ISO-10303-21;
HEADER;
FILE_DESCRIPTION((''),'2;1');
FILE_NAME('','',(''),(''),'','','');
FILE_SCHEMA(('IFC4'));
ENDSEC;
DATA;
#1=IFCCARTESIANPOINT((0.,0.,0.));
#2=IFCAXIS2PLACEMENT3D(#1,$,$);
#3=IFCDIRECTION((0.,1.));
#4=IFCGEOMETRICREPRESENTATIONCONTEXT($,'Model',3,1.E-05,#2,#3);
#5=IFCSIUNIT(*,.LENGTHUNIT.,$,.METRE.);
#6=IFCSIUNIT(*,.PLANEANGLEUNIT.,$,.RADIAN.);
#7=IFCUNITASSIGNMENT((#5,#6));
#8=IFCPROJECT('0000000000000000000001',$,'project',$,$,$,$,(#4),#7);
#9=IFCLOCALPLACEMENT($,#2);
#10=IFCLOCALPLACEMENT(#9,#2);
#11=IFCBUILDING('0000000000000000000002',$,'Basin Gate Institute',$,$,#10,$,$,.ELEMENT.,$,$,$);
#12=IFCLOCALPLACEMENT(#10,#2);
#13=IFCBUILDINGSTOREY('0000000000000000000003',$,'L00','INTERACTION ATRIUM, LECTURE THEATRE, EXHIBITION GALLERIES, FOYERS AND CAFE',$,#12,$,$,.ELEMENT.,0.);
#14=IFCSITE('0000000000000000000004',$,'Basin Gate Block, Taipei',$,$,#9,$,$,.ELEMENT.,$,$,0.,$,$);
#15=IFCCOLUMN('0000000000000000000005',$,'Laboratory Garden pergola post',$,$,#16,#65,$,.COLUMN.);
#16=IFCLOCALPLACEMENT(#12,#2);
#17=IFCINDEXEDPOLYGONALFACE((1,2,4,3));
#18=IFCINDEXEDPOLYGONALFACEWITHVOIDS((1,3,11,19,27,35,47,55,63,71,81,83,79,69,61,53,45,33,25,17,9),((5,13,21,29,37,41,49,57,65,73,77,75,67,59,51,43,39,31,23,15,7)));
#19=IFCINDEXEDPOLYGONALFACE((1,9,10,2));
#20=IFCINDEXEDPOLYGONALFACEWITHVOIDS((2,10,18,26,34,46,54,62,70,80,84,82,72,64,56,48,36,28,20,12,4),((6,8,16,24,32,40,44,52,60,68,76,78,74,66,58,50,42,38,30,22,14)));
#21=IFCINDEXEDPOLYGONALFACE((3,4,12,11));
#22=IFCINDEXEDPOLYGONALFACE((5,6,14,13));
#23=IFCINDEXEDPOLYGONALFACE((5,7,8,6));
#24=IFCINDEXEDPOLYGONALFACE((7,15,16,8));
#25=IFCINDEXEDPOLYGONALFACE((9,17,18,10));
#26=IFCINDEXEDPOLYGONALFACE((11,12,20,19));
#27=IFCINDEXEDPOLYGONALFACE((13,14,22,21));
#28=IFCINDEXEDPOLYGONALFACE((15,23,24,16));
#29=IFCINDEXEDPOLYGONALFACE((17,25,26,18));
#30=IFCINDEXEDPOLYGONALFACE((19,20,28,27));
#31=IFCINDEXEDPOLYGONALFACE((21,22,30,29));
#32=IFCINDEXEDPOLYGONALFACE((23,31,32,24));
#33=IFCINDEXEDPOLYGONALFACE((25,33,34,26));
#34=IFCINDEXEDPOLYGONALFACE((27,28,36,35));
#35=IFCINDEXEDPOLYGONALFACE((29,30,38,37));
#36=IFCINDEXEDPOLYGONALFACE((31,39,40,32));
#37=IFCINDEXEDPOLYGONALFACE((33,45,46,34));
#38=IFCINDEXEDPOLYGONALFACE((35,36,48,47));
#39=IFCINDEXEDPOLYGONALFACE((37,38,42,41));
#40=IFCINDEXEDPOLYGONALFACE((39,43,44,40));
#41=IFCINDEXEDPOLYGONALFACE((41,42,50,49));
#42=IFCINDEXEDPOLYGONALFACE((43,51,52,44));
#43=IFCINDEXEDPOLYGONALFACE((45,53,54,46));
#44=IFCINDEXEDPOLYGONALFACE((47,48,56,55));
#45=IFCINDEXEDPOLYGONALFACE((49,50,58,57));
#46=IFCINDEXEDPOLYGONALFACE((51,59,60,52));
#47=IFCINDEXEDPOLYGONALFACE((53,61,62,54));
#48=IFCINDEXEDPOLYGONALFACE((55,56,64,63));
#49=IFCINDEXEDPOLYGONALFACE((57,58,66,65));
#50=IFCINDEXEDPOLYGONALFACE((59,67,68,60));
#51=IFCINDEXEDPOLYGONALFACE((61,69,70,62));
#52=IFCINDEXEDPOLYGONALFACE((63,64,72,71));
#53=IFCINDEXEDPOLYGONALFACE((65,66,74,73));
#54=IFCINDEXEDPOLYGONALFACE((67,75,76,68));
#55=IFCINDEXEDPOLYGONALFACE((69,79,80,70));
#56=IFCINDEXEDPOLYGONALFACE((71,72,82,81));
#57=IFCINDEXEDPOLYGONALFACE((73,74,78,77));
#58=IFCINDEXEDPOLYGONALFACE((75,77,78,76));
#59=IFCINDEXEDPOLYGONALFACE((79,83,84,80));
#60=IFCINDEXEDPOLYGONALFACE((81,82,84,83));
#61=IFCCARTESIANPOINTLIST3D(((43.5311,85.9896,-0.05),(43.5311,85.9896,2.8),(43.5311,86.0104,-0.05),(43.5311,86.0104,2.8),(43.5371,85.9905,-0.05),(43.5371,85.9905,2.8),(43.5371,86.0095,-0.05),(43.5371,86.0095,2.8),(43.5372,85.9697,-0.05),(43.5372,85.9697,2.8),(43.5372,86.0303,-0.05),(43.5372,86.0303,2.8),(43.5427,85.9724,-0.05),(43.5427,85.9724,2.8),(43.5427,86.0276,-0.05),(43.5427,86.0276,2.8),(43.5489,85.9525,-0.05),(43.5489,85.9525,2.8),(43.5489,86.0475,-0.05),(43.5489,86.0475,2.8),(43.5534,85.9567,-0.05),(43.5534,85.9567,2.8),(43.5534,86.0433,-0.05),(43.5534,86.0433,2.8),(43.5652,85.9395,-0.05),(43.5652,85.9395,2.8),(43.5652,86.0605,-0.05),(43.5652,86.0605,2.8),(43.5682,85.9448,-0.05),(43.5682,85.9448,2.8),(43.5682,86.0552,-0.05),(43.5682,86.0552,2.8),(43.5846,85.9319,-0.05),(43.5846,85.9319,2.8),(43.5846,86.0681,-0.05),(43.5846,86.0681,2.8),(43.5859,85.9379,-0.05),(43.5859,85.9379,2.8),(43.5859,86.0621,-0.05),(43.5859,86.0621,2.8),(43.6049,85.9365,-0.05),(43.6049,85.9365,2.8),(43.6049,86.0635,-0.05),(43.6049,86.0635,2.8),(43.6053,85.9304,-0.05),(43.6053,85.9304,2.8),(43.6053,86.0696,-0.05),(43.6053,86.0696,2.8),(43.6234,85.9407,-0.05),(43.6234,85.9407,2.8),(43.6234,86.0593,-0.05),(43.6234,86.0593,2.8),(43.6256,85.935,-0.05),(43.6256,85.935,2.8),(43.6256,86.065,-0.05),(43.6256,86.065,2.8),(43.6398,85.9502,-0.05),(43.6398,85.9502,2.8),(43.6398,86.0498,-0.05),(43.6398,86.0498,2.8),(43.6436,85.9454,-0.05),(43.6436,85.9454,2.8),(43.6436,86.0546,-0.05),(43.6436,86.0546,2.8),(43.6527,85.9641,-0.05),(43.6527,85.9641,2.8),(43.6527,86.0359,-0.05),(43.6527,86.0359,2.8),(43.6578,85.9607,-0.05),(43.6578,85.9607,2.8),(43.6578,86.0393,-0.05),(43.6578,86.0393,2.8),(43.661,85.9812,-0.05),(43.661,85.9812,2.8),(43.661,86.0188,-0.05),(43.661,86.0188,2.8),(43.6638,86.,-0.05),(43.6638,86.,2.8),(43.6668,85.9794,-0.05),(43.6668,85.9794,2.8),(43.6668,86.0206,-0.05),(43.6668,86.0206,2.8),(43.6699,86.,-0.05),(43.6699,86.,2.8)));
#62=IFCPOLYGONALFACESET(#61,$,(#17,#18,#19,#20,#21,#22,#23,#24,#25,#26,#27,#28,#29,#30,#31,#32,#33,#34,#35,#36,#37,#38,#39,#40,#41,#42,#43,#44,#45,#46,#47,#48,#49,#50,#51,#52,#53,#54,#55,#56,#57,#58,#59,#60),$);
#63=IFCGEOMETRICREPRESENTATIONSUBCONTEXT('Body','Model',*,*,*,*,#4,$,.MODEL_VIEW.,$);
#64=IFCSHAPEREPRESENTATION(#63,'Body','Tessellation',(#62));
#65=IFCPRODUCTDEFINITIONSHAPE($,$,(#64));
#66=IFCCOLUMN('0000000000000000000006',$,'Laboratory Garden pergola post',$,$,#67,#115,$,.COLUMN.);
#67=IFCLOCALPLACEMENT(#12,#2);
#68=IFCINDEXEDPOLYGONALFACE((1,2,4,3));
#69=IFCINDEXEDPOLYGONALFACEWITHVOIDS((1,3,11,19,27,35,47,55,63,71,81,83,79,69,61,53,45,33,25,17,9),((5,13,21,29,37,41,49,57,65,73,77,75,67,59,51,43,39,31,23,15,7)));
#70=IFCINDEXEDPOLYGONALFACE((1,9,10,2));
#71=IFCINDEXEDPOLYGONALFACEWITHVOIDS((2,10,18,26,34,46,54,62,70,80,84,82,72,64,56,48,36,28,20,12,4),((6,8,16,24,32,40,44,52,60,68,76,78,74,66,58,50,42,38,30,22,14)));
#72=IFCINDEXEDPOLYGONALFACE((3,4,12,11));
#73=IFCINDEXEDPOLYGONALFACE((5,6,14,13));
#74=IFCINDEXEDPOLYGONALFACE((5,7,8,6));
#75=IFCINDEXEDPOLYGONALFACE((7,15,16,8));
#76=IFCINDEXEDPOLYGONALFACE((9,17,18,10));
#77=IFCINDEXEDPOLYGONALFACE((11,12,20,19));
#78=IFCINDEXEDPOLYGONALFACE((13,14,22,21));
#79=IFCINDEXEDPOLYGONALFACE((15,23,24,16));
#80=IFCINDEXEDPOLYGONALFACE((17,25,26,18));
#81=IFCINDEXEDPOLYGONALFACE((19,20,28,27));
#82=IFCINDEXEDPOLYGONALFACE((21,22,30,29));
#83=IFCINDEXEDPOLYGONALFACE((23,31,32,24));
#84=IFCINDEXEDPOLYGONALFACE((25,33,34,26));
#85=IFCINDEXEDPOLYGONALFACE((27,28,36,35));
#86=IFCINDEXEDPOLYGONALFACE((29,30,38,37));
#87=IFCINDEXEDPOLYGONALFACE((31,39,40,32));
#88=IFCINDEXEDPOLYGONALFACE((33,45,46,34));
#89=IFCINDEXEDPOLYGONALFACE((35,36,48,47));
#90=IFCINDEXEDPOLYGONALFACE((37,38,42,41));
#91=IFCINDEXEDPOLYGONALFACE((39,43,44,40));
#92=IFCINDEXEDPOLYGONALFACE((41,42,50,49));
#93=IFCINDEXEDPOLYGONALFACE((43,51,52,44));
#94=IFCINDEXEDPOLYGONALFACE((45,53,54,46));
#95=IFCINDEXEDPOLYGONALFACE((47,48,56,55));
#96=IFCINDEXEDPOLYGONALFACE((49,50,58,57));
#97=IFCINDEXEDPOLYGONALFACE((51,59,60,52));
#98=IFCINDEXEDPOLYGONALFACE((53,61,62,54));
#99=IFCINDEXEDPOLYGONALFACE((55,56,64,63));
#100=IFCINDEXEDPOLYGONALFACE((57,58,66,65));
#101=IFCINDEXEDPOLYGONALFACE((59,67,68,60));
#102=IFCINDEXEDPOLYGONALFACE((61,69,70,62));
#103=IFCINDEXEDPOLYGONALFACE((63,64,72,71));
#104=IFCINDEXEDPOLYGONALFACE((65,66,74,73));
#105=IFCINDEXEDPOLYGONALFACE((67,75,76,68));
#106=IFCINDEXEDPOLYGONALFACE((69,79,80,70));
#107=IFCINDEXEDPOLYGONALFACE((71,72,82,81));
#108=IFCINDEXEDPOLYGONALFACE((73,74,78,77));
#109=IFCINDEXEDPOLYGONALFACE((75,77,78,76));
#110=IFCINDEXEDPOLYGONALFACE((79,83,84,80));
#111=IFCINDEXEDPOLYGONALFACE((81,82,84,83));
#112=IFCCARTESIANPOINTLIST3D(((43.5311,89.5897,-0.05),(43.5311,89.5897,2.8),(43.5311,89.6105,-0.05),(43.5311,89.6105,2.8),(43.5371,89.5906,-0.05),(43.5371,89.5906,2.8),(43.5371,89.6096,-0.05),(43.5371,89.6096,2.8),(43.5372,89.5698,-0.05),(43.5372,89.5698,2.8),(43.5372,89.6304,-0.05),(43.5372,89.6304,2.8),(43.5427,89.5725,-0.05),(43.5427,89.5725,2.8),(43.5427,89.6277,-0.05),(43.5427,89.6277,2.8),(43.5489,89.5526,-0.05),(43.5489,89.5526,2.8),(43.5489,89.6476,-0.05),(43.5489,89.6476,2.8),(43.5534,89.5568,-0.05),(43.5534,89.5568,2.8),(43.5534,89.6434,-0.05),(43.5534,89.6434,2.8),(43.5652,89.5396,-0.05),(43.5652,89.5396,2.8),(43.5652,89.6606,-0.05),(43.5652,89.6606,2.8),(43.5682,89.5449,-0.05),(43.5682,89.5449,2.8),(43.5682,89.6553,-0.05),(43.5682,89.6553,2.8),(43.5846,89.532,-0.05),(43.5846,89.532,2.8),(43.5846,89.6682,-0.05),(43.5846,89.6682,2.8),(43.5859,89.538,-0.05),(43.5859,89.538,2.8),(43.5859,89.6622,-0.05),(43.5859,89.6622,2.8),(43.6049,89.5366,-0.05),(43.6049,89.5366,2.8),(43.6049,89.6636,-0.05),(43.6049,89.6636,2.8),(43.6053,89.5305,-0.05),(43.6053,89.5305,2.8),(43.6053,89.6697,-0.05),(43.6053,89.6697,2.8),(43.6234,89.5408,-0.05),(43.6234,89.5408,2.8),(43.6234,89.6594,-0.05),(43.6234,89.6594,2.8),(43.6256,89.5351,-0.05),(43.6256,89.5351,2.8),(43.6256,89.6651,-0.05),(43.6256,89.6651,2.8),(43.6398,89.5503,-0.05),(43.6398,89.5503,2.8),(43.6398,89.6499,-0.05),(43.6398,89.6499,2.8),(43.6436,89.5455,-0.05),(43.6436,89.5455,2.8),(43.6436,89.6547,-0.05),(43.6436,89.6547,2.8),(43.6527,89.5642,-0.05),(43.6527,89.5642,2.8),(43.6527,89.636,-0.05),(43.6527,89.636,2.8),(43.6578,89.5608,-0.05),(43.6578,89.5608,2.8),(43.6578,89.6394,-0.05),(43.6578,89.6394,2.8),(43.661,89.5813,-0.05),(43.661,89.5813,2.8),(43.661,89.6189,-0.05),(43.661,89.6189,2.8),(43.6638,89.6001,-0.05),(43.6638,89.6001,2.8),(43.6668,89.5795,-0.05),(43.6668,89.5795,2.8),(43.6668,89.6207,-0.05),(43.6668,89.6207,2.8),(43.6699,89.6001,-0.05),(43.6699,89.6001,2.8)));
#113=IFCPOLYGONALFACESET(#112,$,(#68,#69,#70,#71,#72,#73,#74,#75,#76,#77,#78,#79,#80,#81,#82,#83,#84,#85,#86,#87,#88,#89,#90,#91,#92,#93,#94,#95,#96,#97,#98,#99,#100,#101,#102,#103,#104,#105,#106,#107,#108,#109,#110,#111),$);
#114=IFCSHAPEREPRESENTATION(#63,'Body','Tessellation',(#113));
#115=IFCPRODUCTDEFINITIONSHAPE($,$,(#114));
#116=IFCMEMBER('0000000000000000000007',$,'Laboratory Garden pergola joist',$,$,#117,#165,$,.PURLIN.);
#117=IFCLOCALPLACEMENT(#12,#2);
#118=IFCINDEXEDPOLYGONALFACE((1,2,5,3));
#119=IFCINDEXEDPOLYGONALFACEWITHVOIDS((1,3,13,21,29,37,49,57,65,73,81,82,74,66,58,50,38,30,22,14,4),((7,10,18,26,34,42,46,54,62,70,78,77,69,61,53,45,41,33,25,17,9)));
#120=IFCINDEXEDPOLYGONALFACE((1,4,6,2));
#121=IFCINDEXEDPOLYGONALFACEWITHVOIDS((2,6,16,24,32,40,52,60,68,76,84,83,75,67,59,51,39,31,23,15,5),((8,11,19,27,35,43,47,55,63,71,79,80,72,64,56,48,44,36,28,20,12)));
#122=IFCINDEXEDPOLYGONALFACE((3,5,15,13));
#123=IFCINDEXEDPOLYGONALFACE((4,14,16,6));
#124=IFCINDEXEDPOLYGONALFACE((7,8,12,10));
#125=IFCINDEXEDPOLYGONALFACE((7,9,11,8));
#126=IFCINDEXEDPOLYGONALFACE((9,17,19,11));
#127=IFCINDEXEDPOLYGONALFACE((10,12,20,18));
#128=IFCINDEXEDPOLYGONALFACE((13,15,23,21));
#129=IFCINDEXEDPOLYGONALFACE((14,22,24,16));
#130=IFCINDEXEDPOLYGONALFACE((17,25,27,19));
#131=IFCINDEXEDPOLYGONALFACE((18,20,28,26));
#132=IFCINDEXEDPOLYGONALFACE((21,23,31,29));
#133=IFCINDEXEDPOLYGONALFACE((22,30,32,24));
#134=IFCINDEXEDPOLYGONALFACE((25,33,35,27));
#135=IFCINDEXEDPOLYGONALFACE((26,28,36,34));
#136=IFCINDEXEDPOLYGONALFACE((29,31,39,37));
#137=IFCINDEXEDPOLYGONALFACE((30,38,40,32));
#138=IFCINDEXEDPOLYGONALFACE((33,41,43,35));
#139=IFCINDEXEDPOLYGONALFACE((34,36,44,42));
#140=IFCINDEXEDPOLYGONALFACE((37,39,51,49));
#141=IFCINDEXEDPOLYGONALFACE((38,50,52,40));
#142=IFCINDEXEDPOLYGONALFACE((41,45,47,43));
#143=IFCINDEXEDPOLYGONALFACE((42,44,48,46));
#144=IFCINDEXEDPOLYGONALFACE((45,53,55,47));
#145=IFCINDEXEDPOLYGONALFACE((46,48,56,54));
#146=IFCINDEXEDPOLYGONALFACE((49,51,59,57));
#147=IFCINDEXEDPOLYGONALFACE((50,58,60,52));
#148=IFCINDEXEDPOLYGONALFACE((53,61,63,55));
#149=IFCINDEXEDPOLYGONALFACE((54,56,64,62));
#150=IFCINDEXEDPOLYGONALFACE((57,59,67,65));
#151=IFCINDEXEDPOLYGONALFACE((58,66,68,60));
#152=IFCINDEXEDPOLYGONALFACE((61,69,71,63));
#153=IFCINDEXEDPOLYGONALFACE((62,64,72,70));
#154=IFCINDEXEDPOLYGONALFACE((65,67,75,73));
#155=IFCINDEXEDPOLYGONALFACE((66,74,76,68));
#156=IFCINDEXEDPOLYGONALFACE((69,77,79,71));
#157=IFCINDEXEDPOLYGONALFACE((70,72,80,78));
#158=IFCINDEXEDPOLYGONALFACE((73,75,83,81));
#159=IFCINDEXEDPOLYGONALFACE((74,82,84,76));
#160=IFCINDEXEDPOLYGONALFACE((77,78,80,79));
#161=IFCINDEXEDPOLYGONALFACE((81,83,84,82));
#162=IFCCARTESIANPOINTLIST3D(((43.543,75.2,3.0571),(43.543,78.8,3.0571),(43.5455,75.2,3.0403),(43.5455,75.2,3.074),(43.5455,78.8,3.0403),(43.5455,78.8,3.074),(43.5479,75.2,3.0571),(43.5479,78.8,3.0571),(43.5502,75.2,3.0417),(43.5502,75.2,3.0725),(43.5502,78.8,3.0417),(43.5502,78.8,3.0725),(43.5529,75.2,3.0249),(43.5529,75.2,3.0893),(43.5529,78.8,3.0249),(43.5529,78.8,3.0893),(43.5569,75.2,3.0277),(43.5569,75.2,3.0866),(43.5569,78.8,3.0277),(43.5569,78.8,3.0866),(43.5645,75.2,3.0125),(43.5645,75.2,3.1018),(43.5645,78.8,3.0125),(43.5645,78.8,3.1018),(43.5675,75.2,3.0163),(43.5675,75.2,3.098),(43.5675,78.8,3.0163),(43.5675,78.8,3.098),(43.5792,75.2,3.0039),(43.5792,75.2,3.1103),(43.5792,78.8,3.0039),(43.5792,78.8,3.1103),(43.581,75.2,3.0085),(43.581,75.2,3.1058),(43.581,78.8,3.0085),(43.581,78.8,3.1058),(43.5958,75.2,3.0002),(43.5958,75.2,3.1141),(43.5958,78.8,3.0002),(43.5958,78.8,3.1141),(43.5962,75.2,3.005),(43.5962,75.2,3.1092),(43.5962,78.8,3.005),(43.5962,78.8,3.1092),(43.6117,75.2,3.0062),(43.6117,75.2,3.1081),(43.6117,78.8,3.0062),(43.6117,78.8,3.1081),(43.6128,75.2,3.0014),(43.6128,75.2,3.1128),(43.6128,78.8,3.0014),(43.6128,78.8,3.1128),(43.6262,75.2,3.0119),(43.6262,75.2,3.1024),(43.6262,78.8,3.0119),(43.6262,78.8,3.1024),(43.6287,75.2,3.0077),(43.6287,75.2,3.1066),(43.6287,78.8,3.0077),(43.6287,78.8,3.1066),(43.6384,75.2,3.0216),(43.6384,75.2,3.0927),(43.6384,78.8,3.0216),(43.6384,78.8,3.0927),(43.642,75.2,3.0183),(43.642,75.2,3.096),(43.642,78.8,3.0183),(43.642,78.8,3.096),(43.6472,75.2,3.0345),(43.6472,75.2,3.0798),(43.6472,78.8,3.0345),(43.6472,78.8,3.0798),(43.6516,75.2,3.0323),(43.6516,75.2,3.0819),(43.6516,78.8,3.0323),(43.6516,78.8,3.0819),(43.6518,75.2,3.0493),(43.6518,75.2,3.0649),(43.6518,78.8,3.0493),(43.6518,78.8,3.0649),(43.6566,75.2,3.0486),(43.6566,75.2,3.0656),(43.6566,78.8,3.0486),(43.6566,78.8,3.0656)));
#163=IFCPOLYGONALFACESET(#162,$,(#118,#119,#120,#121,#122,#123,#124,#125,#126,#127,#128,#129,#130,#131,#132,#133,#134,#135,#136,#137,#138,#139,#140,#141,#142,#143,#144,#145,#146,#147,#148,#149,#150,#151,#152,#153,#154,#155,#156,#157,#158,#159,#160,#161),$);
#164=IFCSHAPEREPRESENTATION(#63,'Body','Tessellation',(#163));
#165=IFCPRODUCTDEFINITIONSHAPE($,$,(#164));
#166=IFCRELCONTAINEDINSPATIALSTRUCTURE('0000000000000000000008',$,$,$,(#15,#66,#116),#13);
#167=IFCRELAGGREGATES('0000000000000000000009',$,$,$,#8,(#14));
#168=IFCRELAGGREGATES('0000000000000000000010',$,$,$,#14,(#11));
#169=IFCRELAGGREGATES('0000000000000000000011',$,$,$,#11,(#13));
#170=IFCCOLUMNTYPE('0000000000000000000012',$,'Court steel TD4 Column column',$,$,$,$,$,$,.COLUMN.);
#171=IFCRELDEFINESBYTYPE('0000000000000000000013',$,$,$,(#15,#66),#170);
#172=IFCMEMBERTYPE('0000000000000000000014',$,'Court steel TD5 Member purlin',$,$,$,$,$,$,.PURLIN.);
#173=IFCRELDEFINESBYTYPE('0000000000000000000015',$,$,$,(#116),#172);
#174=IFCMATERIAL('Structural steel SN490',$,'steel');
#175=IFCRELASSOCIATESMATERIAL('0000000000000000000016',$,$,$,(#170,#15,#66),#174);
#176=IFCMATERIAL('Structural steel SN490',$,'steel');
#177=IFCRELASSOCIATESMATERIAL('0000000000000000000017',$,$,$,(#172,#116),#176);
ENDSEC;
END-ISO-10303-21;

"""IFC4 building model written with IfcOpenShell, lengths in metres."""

from ifc_helpers import new_model, si_unit, direction, frame, origin, origin_2d, place, context, subcontext, project, spatial, hollow_circle, extrude, material, material_profile, profile_set, type_object, element, save


model = new_model("IFC4")

# Units and contexts
model_context = context("Model", 3, precision=1e-05, world=origin(), true_north=direction((0.0, 1.0)))
body_context = subcontext(model_context, "Body", "Model", "MODEL_VIEW")
ifc_project = project(units=[si_unit("LENGTHUNIT", "METRE"), si_unit("PLANEANGLEUNIT", "RADIAN")], contexts=[model_context])

# Site, building, storey
site_placement = place(None, origin())
site = spatial("IfcSite", under=ifc_project, at=site_placement, Name="Basin Gate Block, Taipei", CompositionType="ELEMENT", RefElevation=0.0)
building_placement = place(site_placement, origin())
building = spatial("IfcBuilding", under=site, at=building_placement, Name="Basin Gate Institute", CompositionType="ELEMENT")
storey_placement = place(building_placement, origin())
storey = spatial("IfcBuildingStorey", under=building, at=storey_placement, Name="L00", Description="INTERACTION ATRIUM, LECTURE THEATRE, EXHIBITION GALLERIES, FOYERS AND CAFE", CompositionType="ELEMENT", Elevation=0.0)

# Columns
ifc_material_1 = material(Name="Structural steel SN490", Category="steel")
ifc_material_profile_1 = material_profile(ifc_material_1, hollow_circle(Radius=0.0698, WallThickness=0.0061, at=origin_2d()), Name="CHS139x6")
ifc_profile_set_1 = profile_set([ifc_material_profile_1], Name="Structural steel SN490")
column_type = type_object("IfcColumnType", Name="Court steel TD4 Column column", PredefinedType="COLUMN", material=ifc_profile_set_1)
for number, where, z_axis, x_axis, name in (
    (1, (43.6001, 86.0, -0.05), (0.0, 0.0, 1.0), (1.0, 0.0, 0.0), "Laboratory Garden pergola post"),
    (2, (43.6001, 89.6001, -0.05), (0.0, 0.0, 1.0), (1.0, 0.0, 0.0), "Laboratory Garden pergola post"),
):
    element("IfcColumn", number, at=place(storey_placement, frame(where, z_axis=z_axis, x_axis=x_axis)), inside=storey, type_object=column_type, material=ifc_profile_set_1, Name=name, PredefinedType="COLUMN", context=body_context, shape_type="SweptSolid", body=[
        extrude(hollow_circle(Radius=0.0698, WallThickness=0.0061, at=origin_2d()), origin(), (0.0, 0.0, 1.0), 2.8501),
    ])

# Member
ifc_material_2 = material(Name="Structural steel SN490", Category="steel")
ifc_material_profile_2 = material_profile(ifc_material_2, hollow_circle(Radius=0.0571, WallThickness=0.0049, at=origin_2d()), Name="CHS114x5")
ifc_profile_set_2 = profile_set([ifc_material_profile_2], Name="Structural steel SN490")
member_type = type_object("IfcMemberType", Name="Court steel TD5 Member purlin", PredefinedType="PURLIN", material=ifc_profile_set_2)
member_placement = place(storey_placement, frame((43.6001, 75.2, 3.0571), z_axis=(0.0, 1.0, 0.0), x_axis=(-1.0, 0.0, 0.0)))
element("IfcMember", 3, at=member_placement, inside=storey, type_object=member_type, material=ifc_profile_set_2, Name="Laboratory Garden pergola joist", PredefinedType="PURLIN", context=body_context, shape_type="SweptSolid", body=[
    extrude(hollow_circle(Radius=0.0571, WallThickness=0.0049, at=origin_2d()), origin(), (0.0, 0.0, 1.0), 3.6001),
])

save(model, "model.ifc")
